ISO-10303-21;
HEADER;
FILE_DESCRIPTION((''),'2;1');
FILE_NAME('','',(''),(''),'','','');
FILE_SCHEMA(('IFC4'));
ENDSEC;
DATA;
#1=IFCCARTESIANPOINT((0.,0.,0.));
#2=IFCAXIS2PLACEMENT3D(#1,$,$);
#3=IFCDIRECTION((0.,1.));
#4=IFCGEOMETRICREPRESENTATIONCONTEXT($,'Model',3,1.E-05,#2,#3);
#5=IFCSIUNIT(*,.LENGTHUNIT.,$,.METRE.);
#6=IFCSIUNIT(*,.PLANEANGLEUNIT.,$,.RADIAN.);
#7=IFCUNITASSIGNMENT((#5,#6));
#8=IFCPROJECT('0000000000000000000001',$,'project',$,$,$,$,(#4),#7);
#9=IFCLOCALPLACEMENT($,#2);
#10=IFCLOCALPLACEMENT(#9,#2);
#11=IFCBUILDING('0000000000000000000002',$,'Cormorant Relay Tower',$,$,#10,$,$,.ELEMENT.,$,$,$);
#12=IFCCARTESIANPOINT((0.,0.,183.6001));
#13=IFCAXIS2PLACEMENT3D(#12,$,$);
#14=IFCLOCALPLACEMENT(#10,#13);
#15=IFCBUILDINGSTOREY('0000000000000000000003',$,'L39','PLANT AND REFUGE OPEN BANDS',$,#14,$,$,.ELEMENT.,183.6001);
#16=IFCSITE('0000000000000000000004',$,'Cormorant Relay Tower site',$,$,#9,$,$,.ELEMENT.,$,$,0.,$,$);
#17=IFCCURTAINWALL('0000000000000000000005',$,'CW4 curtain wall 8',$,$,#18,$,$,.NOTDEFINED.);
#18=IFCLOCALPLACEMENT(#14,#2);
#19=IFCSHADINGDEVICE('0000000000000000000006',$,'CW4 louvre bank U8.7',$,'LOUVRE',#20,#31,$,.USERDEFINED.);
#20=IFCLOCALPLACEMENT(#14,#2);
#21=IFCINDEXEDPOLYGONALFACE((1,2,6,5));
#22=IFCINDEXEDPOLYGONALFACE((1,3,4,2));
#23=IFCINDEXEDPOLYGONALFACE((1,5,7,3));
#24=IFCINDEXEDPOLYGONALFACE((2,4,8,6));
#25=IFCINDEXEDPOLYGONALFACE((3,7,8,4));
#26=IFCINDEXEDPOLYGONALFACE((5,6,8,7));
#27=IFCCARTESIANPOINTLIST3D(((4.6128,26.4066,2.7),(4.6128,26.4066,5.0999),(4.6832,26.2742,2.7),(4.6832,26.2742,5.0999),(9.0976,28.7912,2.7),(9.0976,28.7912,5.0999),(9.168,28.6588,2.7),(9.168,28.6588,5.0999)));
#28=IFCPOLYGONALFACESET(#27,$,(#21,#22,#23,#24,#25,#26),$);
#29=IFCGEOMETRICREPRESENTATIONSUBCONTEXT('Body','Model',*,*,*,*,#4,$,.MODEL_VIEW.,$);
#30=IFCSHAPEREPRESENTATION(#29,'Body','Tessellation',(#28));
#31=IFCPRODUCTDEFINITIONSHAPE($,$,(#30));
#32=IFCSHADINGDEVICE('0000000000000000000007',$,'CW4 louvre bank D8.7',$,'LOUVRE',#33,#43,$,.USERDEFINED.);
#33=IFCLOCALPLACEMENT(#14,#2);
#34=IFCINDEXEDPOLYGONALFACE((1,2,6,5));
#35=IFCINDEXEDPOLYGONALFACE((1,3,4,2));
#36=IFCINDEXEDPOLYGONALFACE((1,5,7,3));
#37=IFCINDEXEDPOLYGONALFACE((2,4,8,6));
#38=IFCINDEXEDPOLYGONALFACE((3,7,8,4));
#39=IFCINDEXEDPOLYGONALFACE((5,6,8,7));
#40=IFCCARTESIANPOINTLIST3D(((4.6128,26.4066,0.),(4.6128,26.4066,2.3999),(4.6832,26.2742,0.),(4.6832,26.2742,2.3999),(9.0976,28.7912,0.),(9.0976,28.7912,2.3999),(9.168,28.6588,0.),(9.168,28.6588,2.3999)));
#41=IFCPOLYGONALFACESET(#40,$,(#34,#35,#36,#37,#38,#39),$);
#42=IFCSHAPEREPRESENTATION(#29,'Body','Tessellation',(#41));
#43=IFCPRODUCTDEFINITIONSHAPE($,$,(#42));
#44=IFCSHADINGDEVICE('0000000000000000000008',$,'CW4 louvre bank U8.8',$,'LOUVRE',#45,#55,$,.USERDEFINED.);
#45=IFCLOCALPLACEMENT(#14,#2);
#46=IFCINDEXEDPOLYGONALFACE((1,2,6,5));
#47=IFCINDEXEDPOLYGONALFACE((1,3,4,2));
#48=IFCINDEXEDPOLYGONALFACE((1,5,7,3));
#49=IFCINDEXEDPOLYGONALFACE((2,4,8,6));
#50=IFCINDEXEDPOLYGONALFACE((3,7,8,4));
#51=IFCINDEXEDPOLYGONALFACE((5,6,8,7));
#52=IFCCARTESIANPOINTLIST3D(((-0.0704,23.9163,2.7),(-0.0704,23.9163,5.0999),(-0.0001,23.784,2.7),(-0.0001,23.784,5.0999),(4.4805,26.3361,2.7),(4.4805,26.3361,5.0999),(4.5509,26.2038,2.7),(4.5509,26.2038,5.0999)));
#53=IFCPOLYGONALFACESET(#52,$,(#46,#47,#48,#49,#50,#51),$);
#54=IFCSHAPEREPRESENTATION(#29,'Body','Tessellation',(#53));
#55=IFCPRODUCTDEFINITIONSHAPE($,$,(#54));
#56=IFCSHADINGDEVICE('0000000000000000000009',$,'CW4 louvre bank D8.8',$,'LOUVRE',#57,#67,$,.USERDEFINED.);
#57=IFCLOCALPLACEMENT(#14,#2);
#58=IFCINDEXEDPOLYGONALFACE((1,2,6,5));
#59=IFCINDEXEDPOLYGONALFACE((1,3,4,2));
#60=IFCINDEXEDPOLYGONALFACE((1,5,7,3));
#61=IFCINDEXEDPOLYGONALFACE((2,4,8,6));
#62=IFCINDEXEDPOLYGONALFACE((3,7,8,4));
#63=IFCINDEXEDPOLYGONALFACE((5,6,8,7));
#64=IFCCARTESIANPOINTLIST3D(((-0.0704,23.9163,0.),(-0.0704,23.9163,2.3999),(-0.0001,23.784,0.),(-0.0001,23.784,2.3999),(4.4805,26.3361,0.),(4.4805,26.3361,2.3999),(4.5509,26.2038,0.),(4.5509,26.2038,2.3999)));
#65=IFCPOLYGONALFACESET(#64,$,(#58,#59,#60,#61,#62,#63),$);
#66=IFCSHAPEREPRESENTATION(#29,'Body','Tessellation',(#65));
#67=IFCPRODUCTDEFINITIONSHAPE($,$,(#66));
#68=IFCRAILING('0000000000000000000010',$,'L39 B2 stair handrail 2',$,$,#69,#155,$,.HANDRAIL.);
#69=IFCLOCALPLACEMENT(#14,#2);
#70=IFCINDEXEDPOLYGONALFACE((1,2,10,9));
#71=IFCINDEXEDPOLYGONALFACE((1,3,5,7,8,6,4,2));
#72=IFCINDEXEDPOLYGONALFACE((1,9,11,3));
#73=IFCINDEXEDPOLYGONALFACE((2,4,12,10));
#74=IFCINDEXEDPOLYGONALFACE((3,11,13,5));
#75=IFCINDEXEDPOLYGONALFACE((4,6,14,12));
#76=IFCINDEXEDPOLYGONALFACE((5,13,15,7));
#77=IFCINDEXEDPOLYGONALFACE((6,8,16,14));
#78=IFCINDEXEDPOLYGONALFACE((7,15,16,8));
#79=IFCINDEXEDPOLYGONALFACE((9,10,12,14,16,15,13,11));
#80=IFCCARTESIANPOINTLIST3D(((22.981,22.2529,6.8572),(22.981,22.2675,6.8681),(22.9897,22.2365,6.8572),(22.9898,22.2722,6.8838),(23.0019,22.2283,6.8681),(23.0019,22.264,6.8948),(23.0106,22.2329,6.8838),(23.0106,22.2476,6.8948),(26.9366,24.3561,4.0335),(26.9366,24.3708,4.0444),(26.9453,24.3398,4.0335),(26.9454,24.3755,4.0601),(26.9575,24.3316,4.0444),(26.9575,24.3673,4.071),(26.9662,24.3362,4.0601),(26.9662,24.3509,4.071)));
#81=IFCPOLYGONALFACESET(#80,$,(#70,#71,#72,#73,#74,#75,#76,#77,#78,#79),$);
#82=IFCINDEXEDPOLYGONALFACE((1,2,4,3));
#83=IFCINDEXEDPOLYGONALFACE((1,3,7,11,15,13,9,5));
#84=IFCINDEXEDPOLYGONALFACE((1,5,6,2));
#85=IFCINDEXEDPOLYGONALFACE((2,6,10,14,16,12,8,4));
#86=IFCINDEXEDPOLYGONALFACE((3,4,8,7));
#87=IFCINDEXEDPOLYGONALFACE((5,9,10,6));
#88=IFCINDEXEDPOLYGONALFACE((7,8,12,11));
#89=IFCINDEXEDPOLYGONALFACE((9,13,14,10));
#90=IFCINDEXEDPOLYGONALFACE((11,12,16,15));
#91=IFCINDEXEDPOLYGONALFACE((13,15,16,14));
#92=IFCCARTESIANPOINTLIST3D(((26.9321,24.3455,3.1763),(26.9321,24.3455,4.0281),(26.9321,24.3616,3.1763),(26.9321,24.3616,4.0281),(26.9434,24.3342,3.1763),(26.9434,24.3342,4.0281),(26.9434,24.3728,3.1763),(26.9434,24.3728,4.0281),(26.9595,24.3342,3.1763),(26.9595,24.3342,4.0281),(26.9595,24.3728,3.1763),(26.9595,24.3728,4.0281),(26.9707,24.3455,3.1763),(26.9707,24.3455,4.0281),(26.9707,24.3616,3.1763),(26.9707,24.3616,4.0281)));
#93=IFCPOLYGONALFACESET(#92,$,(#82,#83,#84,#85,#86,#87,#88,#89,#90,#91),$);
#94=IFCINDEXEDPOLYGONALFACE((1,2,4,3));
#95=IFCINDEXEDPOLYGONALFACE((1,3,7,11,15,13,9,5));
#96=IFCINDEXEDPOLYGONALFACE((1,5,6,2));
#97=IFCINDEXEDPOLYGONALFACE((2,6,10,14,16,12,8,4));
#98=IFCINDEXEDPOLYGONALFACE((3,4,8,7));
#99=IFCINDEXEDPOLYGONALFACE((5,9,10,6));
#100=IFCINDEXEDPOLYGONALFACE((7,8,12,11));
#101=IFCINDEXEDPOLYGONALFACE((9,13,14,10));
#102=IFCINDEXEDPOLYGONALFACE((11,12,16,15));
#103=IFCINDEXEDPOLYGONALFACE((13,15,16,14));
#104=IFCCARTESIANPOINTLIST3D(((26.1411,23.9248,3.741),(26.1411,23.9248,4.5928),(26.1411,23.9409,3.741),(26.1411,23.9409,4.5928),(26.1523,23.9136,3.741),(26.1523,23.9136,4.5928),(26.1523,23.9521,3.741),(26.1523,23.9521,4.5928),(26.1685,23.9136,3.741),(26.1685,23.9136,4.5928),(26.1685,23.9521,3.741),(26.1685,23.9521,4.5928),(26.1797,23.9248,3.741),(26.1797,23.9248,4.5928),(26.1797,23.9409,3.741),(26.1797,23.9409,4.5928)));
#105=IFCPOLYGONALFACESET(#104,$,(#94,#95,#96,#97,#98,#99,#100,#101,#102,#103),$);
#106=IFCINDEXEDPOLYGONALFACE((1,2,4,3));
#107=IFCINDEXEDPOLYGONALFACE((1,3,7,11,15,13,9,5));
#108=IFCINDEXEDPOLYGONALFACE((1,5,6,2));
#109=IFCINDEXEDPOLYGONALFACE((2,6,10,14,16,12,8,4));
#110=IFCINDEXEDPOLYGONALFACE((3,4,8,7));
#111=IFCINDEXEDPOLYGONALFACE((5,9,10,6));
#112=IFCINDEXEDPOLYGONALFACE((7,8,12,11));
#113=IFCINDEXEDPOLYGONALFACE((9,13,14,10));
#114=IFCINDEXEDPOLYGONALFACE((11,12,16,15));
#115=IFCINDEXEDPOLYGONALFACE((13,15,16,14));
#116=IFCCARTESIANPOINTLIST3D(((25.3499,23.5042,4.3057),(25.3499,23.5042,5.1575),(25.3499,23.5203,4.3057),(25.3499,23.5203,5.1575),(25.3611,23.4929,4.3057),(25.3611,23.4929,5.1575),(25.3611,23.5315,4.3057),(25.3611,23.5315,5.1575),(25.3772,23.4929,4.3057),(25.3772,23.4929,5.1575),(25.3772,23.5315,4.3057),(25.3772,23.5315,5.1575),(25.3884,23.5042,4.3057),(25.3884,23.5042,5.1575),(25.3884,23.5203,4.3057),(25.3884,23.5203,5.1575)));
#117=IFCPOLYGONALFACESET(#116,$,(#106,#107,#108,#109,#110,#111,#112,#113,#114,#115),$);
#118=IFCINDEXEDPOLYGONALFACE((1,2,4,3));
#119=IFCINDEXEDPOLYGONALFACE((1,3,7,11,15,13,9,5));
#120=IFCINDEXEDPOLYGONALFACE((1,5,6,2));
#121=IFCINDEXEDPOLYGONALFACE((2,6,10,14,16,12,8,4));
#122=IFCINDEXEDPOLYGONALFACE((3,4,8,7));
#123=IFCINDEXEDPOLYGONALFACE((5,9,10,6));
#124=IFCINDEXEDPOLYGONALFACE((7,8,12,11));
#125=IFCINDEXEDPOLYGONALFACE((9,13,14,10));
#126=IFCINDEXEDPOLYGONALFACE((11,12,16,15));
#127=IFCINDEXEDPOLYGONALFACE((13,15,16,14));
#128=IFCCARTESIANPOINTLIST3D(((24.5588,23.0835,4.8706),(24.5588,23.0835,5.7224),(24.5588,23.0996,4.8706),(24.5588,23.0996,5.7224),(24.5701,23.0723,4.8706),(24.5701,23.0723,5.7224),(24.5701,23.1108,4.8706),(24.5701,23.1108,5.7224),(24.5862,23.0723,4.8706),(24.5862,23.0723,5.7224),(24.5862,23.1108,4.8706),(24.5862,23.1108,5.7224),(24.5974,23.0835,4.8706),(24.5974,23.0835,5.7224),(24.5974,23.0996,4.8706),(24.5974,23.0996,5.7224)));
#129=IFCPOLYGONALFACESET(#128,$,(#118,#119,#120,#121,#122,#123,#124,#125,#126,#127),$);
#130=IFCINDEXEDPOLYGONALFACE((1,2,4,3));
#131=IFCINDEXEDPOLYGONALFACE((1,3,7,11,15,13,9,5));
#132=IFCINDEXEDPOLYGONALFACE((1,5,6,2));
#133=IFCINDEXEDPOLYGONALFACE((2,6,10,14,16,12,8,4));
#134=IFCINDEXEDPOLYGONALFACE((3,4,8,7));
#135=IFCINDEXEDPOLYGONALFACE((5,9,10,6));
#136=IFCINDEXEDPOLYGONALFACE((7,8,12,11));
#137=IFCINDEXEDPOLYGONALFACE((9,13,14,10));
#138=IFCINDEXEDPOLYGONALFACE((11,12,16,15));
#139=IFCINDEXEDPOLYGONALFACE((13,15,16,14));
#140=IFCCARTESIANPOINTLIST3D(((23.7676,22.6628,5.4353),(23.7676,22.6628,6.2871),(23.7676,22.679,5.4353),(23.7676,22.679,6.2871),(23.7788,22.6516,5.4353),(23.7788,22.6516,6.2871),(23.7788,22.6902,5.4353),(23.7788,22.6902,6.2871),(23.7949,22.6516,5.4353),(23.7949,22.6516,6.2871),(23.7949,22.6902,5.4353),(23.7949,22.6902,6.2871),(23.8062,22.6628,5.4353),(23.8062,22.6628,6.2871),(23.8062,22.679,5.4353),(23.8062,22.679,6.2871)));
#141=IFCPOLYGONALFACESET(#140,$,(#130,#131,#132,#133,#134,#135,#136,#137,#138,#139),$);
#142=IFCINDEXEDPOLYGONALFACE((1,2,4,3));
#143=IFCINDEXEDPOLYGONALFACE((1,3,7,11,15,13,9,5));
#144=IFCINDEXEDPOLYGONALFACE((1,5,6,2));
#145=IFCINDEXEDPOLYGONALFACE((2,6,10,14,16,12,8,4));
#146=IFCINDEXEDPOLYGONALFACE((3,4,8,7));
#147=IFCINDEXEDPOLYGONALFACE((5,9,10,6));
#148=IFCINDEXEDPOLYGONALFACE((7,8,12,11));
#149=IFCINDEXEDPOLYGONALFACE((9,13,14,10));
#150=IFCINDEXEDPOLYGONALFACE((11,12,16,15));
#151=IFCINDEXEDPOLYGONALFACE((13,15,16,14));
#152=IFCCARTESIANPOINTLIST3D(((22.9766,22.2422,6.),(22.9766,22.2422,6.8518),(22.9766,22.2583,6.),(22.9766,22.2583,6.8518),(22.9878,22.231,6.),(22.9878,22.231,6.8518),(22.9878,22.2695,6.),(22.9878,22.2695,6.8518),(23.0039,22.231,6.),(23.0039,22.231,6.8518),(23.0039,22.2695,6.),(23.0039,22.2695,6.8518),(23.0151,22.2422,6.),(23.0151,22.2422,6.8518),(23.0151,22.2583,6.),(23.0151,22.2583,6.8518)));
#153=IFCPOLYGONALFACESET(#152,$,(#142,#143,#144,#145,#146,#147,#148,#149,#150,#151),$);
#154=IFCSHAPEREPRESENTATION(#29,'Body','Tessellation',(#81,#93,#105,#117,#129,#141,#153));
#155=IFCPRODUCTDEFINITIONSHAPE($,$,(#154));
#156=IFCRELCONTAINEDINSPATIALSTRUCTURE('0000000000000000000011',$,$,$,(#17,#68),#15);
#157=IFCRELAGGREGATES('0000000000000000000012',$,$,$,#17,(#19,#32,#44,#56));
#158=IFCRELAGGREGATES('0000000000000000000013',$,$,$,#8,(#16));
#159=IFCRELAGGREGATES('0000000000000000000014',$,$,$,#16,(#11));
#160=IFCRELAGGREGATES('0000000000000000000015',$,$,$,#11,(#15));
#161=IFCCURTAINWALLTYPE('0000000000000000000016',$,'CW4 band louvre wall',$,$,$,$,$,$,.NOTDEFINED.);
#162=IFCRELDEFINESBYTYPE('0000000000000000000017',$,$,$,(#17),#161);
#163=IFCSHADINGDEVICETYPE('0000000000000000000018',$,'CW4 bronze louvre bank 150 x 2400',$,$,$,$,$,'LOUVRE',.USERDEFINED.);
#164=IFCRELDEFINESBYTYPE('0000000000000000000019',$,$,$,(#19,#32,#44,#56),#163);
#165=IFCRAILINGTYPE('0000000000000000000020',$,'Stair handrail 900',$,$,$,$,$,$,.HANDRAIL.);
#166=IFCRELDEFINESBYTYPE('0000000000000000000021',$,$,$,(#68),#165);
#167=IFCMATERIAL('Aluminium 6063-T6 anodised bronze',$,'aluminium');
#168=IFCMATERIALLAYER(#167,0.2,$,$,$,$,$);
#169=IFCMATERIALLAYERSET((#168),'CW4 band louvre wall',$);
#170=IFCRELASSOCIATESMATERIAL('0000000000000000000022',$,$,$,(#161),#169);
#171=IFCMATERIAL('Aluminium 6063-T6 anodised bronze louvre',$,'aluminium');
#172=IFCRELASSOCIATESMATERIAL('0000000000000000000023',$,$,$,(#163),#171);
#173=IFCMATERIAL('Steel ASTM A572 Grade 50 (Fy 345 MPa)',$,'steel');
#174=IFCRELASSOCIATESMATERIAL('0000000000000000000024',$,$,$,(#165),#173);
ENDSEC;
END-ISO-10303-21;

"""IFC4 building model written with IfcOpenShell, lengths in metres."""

from ifc_helpers import new_model, si_unit, direction, frame, origin, origin_2d, place, context, subcontext, project, spatial, polyline, rectangle, outline, extrude, material, layer, layer_set, type_object, element, aggregate, save


model = new_model("IFC4")

# Units and contexts
model_context = context("Model", 3, precision=1e-05, world=origin(), true_north=direction((0.0, 1.0)))
body_context = subcontext(model_context, "Body", "Model", "MODEL_VIEW")
ifc_project = project(units=[si_unit("LENGTHUNIT", "METRE"), si_unit("PLANEANGLEUNIT", "RADIAN")], contexts=[model_context])

# Site, building, storey
site_placement = place(None, origin())
site = spatial("IfcSite", under=ifc_project, at=site_placement, Name="Cormorant Relay Tower site", CompositionType="ELEMENT", RefElevation=0.0)
building_placement = place(site_placement, origin())
building = spatial("IfcBuilding", under=site, at=building_placement, Name="Cormorant Relay Tower", CompositionType="ELEMENT")
storey_placement = place(building_placement, frame((0.0, 0.0, 183.6001)))
storey = spatial("IfcBuildingStorey", under=building, at=storey_placement, Name="L39", Description="PLANT AND REFUGE OPEN BANDS", CompositionType="ELEMENT", Elevation=183.6001)

# Curtain wall
ifc_material_1 = material(Name="Aluminium 6063-T6 anodised bronze", Category="aluminium")
ifc_layer_1 = layer(ifc_material_1, 0.2)
ifc_layer_set_1 = layer_set([ifc_layer_1], Name="CW4 band louvre wall")
curtain_wall_type = type_object("IfcCurtainWallType", Name="CW4 band louvre wall", PredefinedType="NOTDEFINED", material=ifc_layer_set_1)
curtain_wall_1_placement = place(storey_placement, origin())
curtain_wall_1 = element("IfcCurtainWall", 1, at=curtain_wall_1_placement, inside=storey, type_object=curtain_wall_type, Name="CW4 curtain wall 8", PredefinedType="NOTDEFINED")

# Shading devices
ifc_material_2 = material(Name="Aluminium 6063-T6 anodised bronze louvre", Category="aluminium")
shading_device_type = type_object("IfcShadingDeviceType", Name="CW4 bronze louvre bank 150 x 2400", ElementType="LOUVRE", PredefinedType="USERDEFINED", material=ifc_material_2)
shading_device_1_placement = place(storey_placement, frame((6.8904, 27.5327, 2.7), z_axis=(0.0, 0.0, 1.0), x_axis=(-0.882948, -0.469472, 0.0)))
shading_device_1 = element("IfcShadingDevice", 2, at=shading_device_1_placement, type_object=shading_device_type, Name="CW4 louvre bank U8.7", ObjectType="LOUVRE", PredefinedType="USERDEFINED", context=body_context, shape_type="SweptSolid", body=[
    extrude(rectangle(XDim=5.0793, YDim=0.1499, at=origin_2d()), origin(), (0.0, 0.0, 1.0), 2.3999),
])
shading_device_2_placement = place(storey_placement, frame((6.8904, 27.5327, 0.0), z_axis=(0.0, 0.0, 1.0), x_axis=(-0.882948, -0.469472, 0.0)))
shading_device_2 = element("IfcShadingDevice", 3, at=shading_device_2_placement, type_object=shading_device_type, Name="CW4 louvre bank D8.7", ObjectType="LOUVRE", PredefinedType="USERDEFINED", context=body_context, shape_type="SweptSolid", body=[
    extrude(rectangle(XDim=5.0793, YDim=0.1499, at=origin_2d()), origin(), (0.0, 0.0, 1.0), 2.3999),
])
shading_device_3_placement = place(storey_placement, frame((2.2402, 25.0601, 2.7), z_axis=(0.0, 0.0, 1.0), x_axis=(-0.882948, -0.469472, 0.0)))
shading_device_3 = element("IfcShadingDevice", 4, at=shading_device_3_placement, type_object=shading_device_type, Name="CW4 louvre bank U8.8", ObjectType="LOUVRE", PredefinedType="USERDEFINED", context=body_context, shape_type="SweptSolid", body=[
    extrude(rectangle(XDim=5.1543, YDim=0.1499, at=origin_2d()), origin(), (0.0, 0.0, 1.0), 2.3999),
])
shading_device_4_placement = place(storey_placement, frame((2.2402, 25.0601, 0.0), z_axis=(0.0, 0.0, 1.0), x_axis=(-0.882948, -0.469472, 0.0)))
shading_device_4 = element("IfcShadingDevice", 5, at=shading_device_4_placement, type_object=shading_device_type, Name="CW4 louvre bank D8.8", ObjectType="LOUVRE", PredefinedType="USERDEFINED", context=body_context, shape_type="SweptSolid", body=[
    extrude(rectangle(XDim=5.1543, YDim=0.1499, at=origin_2d()), origin(), (0.0, 0.0, 1.0), 2.3999),
])
aggregate(curtain_wall_1, [shading_device_1, shading_device_2, shading_device_3, shading_device_4])

# Railing
ifc_material_3 = material(Name="Steel ASTM A572 Grade 50 (Fy 345 MPa)", Category="steel")
railing_type = type_object("IfcRailingType", Name="Stair handrail 900", PredefinedType="HANDRAIL", material=ifc_material_3)
railing_placement = place(storey_placement, frame((26.9514, 24.3535, 3.1763)))
element("IfcRailing", 6, at=railing_placement, inside=storey, type_object=railing_type, Name="L39 B2 stair handrail 2", PredefinedType="HANDRAIL", context=body_context, shape_type="SweptSolid", body=[
    extrude(outline(polyline([(0.0222, 0.0093), (0.0093, 0.0222), (-0.0093, 0.0222), (-0.0222, 0.0093), (-0.0222, -0.0093), (-0.0093, -0.0222), (0.0093, -0.0222), (0.0222, -0.0093), (0.0222, 0.0093)])), frame((0.0, 0.0, 0.876), z_axis=(-0.746949, -0.397171, 0.533219), x_axis=(0.469482, -0.882942, 0.0)), (0.0, 0.0, 1.0), 5.2957),
    extrude(outline(polyline([(0.0193, 0.0081), (0.0081, 0.0193), (-0.0081, 0.0193), (-0.0193, 0.0081), (-0.0193, -0.0081), (-0.0081, -0.0193), (0.0081, -0.0193), (0.0193, -0.0081), (0.0193, 0.0081)])), origin(), (0.0, 0.0, 1.0), 0.8518),
    extrude(outline(polyline([(0.0193, 0.0081), (0.0081, 0.0193), (-0.0081, 0.0193), (-0.0193, 0.0081), (-0.0193, -0.0081), (-0.0081, -0.0193), (0.0081, -0.0193), (0.0193, -0.0081), (0.0193, 0.0081)])), frame((-0.791, -0.4207, 0.5647)), (0.0, 0.0, 1.0), 0.8518),
    extrude(outline(polyline([(0.0193, 0.0081), (0.0081, 0.0193), (-0.0081, 0.0193), (-0.0193, 0.0081), (-0.0193, -0.0081), (-0.0081, -0.0193), (0.0081, -0.0193), (0.0193, -0.0081), (0.0193, 0.0081)])), frame((-1.5823, -0.8413, 1.1294)), (0.0, 0.0, 1.0), 0.8518),
    extrude(outline(polyline([(0.0193, 0.0081), (0.0081, 0.0193), (-0.0081, 0.0193), (-0.0193, 0.0081), (-0.0193, -0.0081), (-0.0081, -0.0193), (0.0081, -0.0193), (0.0193, -0.0081), (0.0193, 0.0081)])), frame((-2.3733, -1.262, 1.6943)), (0.0, 0.0, 1.0), 0.8518),
    extrude(outline(polyline([(0.0193, 0.0081), (0.0081, 0.0193), (-0.0081, 0.0193), (-0.0193, 0.0081), (-0.0193, -0.0081), (-0.0081, -0.0193), (0.0081, -0.0193), (0.0193, -0.0081), (0.0193, 0.0081)])), frame((-3.1646, -1.6826, 2.259)), (0.0, 0.0, 1.0), 0.8518),
    extrude(outline(polyline([(0.0193, 0.0081), (0.0081, 0.0193), (-0.0081, 0.0193), (-0.0193, 0.0081), (-0.0193, -0.0081), (-0.0081, -0.0193), (0.0081, -0.0193), (0.0193, -0.0081), (0.0193, 0.0081)])), frame((-3.9556, -2.1033, 2.8237)), (0.0, 0.0, 1.0), 0.8518),
])

save(model, "model.ifc")
